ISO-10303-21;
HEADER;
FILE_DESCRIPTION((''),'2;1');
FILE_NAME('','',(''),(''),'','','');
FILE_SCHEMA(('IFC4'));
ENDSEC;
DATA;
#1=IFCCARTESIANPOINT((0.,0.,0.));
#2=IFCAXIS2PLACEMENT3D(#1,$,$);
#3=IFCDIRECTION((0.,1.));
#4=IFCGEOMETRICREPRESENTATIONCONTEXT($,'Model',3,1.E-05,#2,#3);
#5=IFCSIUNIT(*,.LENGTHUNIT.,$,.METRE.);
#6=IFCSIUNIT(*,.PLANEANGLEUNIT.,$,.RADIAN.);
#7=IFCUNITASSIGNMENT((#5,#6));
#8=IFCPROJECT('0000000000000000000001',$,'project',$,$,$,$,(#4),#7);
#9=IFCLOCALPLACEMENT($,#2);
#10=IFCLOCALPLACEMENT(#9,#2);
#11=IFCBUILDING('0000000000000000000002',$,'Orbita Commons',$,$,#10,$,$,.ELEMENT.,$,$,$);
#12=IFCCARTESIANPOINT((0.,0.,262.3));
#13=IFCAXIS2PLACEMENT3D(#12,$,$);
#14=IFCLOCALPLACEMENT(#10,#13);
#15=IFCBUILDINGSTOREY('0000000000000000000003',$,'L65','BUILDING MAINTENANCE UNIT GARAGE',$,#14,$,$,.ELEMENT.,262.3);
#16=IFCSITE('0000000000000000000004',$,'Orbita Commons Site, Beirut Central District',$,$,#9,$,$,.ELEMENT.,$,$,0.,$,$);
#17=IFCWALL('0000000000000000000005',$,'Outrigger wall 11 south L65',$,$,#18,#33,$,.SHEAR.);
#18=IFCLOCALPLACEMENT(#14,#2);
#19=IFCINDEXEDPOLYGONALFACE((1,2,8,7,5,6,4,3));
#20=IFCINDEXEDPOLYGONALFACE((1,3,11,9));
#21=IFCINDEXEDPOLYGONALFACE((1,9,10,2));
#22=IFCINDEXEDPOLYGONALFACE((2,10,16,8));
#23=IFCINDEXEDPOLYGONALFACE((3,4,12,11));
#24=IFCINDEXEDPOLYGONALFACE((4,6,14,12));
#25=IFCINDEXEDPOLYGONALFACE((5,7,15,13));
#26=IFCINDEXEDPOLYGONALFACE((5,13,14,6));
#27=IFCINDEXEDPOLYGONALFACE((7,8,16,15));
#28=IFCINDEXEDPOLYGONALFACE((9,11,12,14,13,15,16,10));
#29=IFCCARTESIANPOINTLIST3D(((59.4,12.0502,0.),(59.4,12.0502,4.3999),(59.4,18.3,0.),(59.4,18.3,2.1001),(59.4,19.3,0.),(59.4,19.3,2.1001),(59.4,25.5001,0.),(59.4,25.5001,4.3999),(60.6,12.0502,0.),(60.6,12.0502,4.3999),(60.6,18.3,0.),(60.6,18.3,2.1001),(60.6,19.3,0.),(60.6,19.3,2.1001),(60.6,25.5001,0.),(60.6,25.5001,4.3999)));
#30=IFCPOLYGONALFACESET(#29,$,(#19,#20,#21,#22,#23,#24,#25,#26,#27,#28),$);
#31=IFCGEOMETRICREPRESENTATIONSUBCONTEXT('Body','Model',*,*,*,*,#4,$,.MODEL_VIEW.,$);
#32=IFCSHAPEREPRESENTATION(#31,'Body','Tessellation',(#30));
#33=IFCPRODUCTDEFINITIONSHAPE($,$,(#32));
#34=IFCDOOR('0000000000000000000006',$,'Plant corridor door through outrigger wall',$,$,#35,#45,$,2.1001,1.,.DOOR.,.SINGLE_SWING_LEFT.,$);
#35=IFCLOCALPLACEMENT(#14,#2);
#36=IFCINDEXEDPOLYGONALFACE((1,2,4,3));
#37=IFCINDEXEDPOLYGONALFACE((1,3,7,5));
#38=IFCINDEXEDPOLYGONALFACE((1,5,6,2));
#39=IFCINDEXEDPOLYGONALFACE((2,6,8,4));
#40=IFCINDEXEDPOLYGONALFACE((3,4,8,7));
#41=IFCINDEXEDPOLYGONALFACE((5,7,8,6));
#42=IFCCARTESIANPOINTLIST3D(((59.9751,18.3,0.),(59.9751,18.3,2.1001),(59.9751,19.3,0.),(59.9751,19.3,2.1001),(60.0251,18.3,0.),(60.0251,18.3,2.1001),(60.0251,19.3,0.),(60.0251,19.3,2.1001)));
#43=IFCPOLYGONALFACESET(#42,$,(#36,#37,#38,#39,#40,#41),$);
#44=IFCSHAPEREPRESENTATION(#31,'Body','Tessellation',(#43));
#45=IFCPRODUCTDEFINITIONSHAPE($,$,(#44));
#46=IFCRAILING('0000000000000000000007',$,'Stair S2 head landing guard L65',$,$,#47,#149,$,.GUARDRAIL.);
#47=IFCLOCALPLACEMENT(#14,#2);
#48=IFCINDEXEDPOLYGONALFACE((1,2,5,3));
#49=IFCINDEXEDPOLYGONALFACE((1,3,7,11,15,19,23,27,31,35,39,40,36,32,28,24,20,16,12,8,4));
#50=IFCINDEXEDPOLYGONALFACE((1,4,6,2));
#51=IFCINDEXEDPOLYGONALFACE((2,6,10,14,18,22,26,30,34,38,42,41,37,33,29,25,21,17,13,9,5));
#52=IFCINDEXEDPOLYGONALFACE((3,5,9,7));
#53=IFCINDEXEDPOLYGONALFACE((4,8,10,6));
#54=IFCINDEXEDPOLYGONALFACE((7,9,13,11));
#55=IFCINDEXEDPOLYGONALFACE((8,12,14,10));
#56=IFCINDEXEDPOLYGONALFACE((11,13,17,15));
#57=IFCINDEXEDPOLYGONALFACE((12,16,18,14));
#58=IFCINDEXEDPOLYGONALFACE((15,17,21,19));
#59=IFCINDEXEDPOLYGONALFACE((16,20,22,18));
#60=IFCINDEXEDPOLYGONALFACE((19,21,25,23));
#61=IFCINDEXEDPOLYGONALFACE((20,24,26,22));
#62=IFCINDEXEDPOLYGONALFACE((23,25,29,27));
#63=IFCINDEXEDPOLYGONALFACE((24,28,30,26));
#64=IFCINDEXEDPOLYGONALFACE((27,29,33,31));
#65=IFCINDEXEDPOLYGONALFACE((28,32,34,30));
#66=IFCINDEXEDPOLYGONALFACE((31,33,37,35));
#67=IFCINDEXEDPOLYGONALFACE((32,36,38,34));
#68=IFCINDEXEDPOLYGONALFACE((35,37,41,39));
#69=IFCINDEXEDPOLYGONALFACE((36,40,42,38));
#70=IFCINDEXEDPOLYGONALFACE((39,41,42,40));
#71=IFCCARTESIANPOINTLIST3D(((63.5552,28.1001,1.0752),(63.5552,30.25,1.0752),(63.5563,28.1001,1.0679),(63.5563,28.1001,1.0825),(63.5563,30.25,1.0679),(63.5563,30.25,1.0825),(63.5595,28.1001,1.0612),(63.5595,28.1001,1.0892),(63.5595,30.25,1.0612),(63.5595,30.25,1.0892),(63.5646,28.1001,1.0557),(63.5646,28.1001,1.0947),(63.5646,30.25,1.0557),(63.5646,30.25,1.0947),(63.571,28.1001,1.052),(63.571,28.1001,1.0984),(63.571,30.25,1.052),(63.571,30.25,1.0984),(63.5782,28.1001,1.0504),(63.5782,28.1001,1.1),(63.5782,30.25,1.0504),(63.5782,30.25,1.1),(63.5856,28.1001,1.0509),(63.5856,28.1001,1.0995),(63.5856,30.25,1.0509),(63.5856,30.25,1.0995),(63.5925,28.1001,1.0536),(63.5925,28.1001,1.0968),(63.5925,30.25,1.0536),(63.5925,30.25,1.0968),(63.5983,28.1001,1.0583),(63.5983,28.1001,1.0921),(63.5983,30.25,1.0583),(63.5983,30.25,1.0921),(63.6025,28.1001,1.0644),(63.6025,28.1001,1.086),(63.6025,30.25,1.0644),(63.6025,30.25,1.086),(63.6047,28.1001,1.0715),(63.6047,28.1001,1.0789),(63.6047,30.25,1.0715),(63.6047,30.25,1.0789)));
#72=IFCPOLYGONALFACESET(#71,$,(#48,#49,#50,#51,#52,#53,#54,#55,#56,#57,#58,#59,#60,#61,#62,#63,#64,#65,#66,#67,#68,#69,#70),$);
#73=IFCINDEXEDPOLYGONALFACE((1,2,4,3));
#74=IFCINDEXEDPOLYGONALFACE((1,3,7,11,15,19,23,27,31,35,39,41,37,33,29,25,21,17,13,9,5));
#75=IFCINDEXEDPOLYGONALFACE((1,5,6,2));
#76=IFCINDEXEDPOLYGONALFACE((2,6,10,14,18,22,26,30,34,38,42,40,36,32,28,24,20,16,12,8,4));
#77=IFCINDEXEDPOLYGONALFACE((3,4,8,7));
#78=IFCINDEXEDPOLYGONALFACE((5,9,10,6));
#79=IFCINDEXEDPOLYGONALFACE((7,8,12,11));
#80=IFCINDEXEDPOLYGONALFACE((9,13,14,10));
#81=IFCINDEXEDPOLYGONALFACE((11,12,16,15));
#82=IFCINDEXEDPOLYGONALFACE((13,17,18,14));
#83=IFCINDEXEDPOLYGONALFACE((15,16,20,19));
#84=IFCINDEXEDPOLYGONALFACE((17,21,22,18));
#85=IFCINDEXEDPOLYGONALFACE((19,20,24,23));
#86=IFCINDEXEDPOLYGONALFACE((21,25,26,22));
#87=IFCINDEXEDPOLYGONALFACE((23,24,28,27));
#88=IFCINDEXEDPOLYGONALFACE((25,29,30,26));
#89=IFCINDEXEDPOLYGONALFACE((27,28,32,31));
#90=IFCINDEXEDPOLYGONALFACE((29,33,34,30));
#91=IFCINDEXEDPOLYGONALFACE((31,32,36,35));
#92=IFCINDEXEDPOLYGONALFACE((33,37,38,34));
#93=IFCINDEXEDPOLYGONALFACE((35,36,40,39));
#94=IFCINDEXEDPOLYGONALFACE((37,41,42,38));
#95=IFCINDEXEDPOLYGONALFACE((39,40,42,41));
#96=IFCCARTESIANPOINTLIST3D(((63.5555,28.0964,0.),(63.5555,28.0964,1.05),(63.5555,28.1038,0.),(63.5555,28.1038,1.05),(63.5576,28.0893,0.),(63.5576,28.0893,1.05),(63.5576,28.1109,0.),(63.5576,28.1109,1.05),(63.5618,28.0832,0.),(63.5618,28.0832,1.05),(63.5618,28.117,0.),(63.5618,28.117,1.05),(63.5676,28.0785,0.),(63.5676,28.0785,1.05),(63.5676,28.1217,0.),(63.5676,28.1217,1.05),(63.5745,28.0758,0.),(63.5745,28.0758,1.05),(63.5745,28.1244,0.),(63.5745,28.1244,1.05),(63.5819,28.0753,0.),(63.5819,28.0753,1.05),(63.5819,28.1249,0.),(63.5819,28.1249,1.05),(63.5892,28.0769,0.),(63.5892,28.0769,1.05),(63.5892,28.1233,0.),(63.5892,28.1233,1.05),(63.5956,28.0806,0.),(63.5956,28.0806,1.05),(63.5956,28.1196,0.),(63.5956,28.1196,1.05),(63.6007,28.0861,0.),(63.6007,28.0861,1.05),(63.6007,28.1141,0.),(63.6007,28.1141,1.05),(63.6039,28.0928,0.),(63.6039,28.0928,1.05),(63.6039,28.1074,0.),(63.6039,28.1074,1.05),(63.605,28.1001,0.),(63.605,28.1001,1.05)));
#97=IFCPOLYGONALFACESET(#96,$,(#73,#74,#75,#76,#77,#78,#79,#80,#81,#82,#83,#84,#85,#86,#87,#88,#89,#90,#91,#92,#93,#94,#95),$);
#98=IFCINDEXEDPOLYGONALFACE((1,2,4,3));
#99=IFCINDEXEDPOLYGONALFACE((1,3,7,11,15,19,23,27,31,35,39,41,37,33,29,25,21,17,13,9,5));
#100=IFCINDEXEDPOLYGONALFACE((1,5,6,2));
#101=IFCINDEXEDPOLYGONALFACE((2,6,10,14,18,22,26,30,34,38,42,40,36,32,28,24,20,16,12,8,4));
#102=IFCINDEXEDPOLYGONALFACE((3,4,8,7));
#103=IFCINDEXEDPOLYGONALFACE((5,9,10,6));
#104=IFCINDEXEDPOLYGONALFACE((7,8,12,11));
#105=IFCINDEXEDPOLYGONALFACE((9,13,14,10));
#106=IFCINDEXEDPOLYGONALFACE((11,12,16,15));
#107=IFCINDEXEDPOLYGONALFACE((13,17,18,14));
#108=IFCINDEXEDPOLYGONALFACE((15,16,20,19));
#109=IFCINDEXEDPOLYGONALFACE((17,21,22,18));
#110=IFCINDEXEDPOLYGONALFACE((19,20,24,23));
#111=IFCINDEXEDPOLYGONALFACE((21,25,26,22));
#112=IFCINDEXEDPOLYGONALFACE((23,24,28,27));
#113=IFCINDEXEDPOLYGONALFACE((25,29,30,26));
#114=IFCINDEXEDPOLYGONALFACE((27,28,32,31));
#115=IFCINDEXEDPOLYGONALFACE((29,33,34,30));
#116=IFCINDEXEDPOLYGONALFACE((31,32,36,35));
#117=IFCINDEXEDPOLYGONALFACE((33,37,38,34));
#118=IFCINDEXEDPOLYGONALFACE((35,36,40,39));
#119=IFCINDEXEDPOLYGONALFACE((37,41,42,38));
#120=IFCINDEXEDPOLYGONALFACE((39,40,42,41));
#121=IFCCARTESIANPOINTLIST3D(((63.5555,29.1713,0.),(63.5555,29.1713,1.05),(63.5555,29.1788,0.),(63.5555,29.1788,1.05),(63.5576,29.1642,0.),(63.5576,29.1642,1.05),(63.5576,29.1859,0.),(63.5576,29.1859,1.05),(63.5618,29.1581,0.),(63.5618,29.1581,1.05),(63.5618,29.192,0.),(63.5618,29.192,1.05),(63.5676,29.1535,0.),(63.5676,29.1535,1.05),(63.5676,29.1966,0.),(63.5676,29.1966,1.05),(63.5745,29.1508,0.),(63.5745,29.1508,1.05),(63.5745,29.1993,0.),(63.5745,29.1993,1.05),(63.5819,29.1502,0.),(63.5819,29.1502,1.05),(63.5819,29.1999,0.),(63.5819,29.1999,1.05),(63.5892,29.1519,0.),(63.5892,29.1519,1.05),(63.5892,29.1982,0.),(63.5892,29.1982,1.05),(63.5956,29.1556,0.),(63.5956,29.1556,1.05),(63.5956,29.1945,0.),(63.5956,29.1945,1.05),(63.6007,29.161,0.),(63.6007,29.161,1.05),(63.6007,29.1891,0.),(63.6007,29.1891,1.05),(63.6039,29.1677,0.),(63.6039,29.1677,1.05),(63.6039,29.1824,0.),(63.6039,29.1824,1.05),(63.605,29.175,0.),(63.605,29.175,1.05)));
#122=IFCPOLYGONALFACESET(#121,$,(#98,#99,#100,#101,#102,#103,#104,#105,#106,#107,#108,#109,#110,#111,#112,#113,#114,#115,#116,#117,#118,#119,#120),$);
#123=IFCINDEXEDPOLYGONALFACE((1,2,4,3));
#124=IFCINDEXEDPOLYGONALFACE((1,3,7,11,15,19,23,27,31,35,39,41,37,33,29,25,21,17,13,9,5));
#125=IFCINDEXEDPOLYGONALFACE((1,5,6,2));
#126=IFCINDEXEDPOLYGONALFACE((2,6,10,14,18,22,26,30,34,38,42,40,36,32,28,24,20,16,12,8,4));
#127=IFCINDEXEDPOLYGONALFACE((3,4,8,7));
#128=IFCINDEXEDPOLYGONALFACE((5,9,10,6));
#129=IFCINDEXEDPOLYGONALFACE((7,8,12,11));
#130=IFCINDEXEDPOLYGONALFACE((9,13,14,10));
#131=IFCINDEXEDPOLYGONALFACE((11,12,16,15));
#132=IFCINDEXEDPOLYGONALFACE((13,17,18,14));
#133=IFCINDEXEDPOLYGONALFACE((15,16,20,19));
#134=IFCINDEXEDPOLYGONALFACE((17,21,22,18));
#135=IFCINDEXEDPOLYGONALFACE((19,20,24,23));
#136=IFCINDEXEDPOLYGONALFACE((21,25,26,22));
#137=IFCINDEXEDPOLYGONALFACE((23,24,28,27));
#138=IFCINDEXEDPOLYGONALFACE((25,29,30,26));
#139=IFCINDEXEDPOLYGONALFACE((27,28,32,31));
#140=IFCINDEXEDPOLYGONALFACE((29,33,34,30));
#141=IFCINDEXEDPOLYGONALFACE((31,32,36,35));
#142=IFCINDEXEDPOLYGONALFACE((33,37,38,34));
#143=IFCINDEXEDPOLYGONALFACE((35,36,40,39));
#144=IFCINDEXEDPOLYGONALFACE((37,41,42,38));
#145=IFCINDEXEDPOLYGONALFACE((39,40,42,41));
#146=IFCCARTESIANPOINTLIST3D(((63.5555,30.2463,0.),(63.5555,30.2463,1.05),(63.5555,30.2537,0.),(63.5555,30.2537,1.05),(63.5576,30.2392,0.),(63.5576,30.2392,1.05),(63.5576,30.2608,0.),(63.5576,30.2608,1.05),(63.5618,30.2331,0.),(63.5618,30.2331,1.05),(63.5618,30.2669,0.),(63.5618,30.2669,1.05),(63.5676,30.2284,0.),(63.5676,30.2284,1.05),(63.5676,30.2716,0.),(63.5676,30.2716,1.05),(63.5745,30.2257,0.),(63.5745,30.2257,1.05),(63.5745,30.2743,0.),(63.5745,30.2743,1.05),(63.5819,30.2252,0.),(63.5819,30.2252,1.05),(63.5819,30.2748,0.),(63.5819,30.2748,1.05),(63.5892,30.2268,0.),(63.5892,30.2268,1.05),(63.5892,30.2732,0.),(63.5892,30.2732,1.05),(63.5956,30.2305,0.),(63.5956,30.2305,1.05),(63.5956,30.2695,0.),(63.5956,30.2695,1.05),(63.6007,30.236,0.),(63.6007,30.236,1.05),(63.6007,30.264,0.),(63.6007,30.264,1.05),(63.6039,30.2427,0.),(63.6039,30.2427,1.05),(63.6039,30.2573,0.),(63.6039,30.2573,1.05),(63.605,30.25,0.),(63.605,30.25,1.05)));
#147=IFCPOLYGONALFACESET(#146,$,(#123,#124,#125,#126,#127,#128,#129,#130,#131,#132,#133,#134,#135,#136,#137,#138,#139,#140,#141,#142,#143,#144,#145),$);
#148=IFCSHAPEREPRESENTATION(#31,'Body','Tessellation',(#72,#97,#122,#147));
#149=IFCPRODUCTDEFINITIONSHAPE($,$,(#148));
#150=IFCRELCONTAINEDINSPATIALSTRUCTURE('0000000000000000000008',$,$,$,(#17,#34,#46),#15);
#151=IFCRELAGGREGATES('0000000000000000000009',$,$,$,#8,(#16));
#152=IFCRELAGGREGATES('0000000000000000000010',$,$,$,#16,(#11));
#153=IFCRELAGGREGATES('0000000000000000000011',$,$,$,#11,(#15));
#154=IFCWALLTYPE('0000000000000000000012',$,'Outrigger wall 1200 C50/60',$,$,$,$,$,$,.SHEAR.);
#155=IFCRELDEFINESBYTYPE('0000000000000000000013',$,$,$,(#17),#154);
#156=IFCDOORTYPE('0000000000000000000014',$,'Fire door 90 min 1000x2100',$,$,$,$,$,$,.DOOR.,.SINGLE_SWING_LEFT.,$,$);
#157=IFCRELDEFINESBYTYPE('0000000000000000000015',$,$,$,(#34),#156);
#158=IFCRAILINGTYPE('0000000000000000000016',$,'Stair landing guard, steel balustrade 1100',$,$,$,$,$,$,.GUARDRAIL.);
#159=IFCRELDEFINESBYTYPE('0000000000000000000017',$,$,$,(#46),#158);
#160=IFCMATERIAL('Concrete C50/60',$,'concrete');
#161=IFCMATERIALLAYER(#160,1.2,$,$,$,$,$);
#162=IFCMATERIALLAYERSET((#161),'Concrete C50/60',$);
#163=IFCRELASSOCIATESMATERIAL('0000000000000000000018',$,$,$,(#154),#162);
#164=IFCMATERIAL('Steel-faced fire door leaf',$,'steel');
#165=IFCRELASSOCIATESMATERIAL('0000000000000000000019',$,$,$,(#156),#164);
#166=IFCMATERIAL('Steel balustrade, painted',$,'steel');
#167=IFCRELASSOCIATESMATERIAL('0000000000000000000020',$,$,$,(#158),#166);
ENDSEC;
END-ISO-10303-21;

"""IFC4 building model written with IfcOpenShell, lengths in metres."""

from ifc_helpers import new_model, si_unit, direction, frame, frame_2d, origin, origin_2d, place, context, subcontext, project, spatial, rectangle, circle, extrude, material, layer, layer_set, type_object, element, fill, save


model = new_model("IFC4")

# Units and contexts
model_context = context("Model", 3, precision=1e-05, world=origin(), true_north=direction((0.0, 1.0)))
body_context = subcontext(model_context, "Body", "Model", "MODEL_VIEW")
ifc_project = project(units=[si_unit("LENGTHUNIT", "METRE"), si_unit("PLANEANGLEUNIT", "RADIAN")], contexts=[model_context])

# Site, building, storey
site_placement = place(None, origin())
site = spatial("IfcSite", under=ifc_project, at=site_placement, Name="Orbita Commons Site, Beirut Central District", CompositionType="ELEMENT", RefElevation=0.0)
building_placement = place(site_placement, origin())
building = spatial("IfcBuilding", under=site, at=building_placement, Name="Orbita Commons", CompositionType="ELEMENT")
storey_placement = place(building_placement, frame((0.0, 0.0, 262.3)))
storey = spatial("IfcBuildingStorey", under=building, at=storey_placement, Name="L65", Description="BUILDING MAINTENANCE UNIT GARAGE", CompositionType="ELEMENT", Elevation=262.3)

# Wall, opening, door
ifc_material_1 = material(Name="Concrete C50/60", Category="concrete")
ifc_layer_1 = layer(ifc_material_1, 1.2)
ifc_layer_set_1 = layer_set([ifc_layer_1], Name="Concrete C50/60")
wall_type_1 = type_object("IfcWallType", Name="Outrigger wall 1200 C50/60", PredefinedType="SHEAR", material=ifc_layer_set_1)
wall_1_placement = place(storey_placement, frame((60.0, 12.05, 0.0), z_axis=(0.0, 0.0, 1.0), x_axis=(0.0, 1.0, 0.0)))
wall_1 = element("IfcWall", 1, at=wall_1_placement, inside=storey, type_object=wall_type_1, Name="Outrigger wall 11 south L65", PredefinedType="SHEAR", context=body_context, shape_type="SweptSolid", body=[
    extrude(rectangle(XDim=13.45, YDim=1.2, at=frame_2d((6.7251, 0.0))), origin(), (0.0, 0.0, 1.0), 4.3999),
])
opening_1_placement = place(wall_1_placement, frame((6.25, 0.0, 0.0)))
opening_1 = element("IfcOpeningElement", 2, at=opening_1_placement, cuts=wall_1, PredefinedType="OPENING", context=body_context, shape_type="SweptSolid", body=[
    extrude(rectangle(XDim=1.0, YDim=2.1001, at=frame_2d((0.5, 1.05))), frame((0.0, 0.6099, 0.0), z_axis=(0.0, -1.0, 0.0), x_axis=(1.0, 0.0, 0.0)), (0.0, 0.0, 1.0), 1.22),
])
ifc_material_2 = material(Name="Steel-faced fire door leaf", Category="steel")
door_type_1 = type_object("IfcDoorType", Name="Fire door 90 min 1000x2100", OperationType="SINGLE_SWING_LEFT", PredefinedType="DOOR", material=ifc_material_2)
door_1_placement = place(opening_1_placement, origin())
door_1 = element("IfcDoor", 3, at=door_1_placement, inside=storey, type_object=door_type_1, Name="Plant corridor door through outrigger wall", OperationType="SINGLE_SWING_LEFT", OverallHeight=2.1001, OverallWidth=1.0, PredefinedType="DOOR", context=body_context, shape_type="SweptSolid", body=[
    extrude(rectangle(XDim=1.0, YDim=2.1001, at=frame_2d((0.5, 1.05))), frame((0.0, 0.0249, 0.0), z_axis=(0.0, -1.0, 0.0), x_axis=(1.0, 0.0, 0.0)), (0.0, 0.0, 1.0), 0.05),
])
fill(opening_1, door_1)

# Railing
ifc_material_3 = material(Name="Steel balustrade, painted", Category="steel")
railing_type = type_object("IfcRailingType", Name="Stair landing guard, steel balustrade 1100", PredefinedType="GUARDRAIL", material=ifc_material_3)
railing_placement = place(storey_placement, frame((63.5801, 28.1001, 0.0)))
element("IfcRailing", 4, at=railing_placement, inside=storey, type_object=railing_type, Name="Stair S2 head landing guard L65", PredefinedType="GUARDRAIL", context=body_context, shape_type="SweptSolid", body=[
    extrude(circle(Radius=0.0249, at=origin_2d()), frame((0.0, 0.0, 1.0752), z_axis=(0.0, 1.0, 0.0), x_axis=(-1.0, 0.0, 0.0)), (0.0, 0.0, 1.0), 2.1499),
    extrude(circle(Radius=0.0249, at=origin_2d()), origin(), (0.0, 0.0, 1.0), 1.05),
    extrude(circle(Radius=0.0249, at=origin_2d()), frame((0.0, 1.075, 0.0)), (0.0, 0.0, 1.0), 1.05),
    extrude(circle(Radius=0.0249, at=origin_2d()), frame((0.0, 2.1499, 0.0)), (0.0, 0.0, 1.0), 1.05),
])

save(model, "model.ifc")
